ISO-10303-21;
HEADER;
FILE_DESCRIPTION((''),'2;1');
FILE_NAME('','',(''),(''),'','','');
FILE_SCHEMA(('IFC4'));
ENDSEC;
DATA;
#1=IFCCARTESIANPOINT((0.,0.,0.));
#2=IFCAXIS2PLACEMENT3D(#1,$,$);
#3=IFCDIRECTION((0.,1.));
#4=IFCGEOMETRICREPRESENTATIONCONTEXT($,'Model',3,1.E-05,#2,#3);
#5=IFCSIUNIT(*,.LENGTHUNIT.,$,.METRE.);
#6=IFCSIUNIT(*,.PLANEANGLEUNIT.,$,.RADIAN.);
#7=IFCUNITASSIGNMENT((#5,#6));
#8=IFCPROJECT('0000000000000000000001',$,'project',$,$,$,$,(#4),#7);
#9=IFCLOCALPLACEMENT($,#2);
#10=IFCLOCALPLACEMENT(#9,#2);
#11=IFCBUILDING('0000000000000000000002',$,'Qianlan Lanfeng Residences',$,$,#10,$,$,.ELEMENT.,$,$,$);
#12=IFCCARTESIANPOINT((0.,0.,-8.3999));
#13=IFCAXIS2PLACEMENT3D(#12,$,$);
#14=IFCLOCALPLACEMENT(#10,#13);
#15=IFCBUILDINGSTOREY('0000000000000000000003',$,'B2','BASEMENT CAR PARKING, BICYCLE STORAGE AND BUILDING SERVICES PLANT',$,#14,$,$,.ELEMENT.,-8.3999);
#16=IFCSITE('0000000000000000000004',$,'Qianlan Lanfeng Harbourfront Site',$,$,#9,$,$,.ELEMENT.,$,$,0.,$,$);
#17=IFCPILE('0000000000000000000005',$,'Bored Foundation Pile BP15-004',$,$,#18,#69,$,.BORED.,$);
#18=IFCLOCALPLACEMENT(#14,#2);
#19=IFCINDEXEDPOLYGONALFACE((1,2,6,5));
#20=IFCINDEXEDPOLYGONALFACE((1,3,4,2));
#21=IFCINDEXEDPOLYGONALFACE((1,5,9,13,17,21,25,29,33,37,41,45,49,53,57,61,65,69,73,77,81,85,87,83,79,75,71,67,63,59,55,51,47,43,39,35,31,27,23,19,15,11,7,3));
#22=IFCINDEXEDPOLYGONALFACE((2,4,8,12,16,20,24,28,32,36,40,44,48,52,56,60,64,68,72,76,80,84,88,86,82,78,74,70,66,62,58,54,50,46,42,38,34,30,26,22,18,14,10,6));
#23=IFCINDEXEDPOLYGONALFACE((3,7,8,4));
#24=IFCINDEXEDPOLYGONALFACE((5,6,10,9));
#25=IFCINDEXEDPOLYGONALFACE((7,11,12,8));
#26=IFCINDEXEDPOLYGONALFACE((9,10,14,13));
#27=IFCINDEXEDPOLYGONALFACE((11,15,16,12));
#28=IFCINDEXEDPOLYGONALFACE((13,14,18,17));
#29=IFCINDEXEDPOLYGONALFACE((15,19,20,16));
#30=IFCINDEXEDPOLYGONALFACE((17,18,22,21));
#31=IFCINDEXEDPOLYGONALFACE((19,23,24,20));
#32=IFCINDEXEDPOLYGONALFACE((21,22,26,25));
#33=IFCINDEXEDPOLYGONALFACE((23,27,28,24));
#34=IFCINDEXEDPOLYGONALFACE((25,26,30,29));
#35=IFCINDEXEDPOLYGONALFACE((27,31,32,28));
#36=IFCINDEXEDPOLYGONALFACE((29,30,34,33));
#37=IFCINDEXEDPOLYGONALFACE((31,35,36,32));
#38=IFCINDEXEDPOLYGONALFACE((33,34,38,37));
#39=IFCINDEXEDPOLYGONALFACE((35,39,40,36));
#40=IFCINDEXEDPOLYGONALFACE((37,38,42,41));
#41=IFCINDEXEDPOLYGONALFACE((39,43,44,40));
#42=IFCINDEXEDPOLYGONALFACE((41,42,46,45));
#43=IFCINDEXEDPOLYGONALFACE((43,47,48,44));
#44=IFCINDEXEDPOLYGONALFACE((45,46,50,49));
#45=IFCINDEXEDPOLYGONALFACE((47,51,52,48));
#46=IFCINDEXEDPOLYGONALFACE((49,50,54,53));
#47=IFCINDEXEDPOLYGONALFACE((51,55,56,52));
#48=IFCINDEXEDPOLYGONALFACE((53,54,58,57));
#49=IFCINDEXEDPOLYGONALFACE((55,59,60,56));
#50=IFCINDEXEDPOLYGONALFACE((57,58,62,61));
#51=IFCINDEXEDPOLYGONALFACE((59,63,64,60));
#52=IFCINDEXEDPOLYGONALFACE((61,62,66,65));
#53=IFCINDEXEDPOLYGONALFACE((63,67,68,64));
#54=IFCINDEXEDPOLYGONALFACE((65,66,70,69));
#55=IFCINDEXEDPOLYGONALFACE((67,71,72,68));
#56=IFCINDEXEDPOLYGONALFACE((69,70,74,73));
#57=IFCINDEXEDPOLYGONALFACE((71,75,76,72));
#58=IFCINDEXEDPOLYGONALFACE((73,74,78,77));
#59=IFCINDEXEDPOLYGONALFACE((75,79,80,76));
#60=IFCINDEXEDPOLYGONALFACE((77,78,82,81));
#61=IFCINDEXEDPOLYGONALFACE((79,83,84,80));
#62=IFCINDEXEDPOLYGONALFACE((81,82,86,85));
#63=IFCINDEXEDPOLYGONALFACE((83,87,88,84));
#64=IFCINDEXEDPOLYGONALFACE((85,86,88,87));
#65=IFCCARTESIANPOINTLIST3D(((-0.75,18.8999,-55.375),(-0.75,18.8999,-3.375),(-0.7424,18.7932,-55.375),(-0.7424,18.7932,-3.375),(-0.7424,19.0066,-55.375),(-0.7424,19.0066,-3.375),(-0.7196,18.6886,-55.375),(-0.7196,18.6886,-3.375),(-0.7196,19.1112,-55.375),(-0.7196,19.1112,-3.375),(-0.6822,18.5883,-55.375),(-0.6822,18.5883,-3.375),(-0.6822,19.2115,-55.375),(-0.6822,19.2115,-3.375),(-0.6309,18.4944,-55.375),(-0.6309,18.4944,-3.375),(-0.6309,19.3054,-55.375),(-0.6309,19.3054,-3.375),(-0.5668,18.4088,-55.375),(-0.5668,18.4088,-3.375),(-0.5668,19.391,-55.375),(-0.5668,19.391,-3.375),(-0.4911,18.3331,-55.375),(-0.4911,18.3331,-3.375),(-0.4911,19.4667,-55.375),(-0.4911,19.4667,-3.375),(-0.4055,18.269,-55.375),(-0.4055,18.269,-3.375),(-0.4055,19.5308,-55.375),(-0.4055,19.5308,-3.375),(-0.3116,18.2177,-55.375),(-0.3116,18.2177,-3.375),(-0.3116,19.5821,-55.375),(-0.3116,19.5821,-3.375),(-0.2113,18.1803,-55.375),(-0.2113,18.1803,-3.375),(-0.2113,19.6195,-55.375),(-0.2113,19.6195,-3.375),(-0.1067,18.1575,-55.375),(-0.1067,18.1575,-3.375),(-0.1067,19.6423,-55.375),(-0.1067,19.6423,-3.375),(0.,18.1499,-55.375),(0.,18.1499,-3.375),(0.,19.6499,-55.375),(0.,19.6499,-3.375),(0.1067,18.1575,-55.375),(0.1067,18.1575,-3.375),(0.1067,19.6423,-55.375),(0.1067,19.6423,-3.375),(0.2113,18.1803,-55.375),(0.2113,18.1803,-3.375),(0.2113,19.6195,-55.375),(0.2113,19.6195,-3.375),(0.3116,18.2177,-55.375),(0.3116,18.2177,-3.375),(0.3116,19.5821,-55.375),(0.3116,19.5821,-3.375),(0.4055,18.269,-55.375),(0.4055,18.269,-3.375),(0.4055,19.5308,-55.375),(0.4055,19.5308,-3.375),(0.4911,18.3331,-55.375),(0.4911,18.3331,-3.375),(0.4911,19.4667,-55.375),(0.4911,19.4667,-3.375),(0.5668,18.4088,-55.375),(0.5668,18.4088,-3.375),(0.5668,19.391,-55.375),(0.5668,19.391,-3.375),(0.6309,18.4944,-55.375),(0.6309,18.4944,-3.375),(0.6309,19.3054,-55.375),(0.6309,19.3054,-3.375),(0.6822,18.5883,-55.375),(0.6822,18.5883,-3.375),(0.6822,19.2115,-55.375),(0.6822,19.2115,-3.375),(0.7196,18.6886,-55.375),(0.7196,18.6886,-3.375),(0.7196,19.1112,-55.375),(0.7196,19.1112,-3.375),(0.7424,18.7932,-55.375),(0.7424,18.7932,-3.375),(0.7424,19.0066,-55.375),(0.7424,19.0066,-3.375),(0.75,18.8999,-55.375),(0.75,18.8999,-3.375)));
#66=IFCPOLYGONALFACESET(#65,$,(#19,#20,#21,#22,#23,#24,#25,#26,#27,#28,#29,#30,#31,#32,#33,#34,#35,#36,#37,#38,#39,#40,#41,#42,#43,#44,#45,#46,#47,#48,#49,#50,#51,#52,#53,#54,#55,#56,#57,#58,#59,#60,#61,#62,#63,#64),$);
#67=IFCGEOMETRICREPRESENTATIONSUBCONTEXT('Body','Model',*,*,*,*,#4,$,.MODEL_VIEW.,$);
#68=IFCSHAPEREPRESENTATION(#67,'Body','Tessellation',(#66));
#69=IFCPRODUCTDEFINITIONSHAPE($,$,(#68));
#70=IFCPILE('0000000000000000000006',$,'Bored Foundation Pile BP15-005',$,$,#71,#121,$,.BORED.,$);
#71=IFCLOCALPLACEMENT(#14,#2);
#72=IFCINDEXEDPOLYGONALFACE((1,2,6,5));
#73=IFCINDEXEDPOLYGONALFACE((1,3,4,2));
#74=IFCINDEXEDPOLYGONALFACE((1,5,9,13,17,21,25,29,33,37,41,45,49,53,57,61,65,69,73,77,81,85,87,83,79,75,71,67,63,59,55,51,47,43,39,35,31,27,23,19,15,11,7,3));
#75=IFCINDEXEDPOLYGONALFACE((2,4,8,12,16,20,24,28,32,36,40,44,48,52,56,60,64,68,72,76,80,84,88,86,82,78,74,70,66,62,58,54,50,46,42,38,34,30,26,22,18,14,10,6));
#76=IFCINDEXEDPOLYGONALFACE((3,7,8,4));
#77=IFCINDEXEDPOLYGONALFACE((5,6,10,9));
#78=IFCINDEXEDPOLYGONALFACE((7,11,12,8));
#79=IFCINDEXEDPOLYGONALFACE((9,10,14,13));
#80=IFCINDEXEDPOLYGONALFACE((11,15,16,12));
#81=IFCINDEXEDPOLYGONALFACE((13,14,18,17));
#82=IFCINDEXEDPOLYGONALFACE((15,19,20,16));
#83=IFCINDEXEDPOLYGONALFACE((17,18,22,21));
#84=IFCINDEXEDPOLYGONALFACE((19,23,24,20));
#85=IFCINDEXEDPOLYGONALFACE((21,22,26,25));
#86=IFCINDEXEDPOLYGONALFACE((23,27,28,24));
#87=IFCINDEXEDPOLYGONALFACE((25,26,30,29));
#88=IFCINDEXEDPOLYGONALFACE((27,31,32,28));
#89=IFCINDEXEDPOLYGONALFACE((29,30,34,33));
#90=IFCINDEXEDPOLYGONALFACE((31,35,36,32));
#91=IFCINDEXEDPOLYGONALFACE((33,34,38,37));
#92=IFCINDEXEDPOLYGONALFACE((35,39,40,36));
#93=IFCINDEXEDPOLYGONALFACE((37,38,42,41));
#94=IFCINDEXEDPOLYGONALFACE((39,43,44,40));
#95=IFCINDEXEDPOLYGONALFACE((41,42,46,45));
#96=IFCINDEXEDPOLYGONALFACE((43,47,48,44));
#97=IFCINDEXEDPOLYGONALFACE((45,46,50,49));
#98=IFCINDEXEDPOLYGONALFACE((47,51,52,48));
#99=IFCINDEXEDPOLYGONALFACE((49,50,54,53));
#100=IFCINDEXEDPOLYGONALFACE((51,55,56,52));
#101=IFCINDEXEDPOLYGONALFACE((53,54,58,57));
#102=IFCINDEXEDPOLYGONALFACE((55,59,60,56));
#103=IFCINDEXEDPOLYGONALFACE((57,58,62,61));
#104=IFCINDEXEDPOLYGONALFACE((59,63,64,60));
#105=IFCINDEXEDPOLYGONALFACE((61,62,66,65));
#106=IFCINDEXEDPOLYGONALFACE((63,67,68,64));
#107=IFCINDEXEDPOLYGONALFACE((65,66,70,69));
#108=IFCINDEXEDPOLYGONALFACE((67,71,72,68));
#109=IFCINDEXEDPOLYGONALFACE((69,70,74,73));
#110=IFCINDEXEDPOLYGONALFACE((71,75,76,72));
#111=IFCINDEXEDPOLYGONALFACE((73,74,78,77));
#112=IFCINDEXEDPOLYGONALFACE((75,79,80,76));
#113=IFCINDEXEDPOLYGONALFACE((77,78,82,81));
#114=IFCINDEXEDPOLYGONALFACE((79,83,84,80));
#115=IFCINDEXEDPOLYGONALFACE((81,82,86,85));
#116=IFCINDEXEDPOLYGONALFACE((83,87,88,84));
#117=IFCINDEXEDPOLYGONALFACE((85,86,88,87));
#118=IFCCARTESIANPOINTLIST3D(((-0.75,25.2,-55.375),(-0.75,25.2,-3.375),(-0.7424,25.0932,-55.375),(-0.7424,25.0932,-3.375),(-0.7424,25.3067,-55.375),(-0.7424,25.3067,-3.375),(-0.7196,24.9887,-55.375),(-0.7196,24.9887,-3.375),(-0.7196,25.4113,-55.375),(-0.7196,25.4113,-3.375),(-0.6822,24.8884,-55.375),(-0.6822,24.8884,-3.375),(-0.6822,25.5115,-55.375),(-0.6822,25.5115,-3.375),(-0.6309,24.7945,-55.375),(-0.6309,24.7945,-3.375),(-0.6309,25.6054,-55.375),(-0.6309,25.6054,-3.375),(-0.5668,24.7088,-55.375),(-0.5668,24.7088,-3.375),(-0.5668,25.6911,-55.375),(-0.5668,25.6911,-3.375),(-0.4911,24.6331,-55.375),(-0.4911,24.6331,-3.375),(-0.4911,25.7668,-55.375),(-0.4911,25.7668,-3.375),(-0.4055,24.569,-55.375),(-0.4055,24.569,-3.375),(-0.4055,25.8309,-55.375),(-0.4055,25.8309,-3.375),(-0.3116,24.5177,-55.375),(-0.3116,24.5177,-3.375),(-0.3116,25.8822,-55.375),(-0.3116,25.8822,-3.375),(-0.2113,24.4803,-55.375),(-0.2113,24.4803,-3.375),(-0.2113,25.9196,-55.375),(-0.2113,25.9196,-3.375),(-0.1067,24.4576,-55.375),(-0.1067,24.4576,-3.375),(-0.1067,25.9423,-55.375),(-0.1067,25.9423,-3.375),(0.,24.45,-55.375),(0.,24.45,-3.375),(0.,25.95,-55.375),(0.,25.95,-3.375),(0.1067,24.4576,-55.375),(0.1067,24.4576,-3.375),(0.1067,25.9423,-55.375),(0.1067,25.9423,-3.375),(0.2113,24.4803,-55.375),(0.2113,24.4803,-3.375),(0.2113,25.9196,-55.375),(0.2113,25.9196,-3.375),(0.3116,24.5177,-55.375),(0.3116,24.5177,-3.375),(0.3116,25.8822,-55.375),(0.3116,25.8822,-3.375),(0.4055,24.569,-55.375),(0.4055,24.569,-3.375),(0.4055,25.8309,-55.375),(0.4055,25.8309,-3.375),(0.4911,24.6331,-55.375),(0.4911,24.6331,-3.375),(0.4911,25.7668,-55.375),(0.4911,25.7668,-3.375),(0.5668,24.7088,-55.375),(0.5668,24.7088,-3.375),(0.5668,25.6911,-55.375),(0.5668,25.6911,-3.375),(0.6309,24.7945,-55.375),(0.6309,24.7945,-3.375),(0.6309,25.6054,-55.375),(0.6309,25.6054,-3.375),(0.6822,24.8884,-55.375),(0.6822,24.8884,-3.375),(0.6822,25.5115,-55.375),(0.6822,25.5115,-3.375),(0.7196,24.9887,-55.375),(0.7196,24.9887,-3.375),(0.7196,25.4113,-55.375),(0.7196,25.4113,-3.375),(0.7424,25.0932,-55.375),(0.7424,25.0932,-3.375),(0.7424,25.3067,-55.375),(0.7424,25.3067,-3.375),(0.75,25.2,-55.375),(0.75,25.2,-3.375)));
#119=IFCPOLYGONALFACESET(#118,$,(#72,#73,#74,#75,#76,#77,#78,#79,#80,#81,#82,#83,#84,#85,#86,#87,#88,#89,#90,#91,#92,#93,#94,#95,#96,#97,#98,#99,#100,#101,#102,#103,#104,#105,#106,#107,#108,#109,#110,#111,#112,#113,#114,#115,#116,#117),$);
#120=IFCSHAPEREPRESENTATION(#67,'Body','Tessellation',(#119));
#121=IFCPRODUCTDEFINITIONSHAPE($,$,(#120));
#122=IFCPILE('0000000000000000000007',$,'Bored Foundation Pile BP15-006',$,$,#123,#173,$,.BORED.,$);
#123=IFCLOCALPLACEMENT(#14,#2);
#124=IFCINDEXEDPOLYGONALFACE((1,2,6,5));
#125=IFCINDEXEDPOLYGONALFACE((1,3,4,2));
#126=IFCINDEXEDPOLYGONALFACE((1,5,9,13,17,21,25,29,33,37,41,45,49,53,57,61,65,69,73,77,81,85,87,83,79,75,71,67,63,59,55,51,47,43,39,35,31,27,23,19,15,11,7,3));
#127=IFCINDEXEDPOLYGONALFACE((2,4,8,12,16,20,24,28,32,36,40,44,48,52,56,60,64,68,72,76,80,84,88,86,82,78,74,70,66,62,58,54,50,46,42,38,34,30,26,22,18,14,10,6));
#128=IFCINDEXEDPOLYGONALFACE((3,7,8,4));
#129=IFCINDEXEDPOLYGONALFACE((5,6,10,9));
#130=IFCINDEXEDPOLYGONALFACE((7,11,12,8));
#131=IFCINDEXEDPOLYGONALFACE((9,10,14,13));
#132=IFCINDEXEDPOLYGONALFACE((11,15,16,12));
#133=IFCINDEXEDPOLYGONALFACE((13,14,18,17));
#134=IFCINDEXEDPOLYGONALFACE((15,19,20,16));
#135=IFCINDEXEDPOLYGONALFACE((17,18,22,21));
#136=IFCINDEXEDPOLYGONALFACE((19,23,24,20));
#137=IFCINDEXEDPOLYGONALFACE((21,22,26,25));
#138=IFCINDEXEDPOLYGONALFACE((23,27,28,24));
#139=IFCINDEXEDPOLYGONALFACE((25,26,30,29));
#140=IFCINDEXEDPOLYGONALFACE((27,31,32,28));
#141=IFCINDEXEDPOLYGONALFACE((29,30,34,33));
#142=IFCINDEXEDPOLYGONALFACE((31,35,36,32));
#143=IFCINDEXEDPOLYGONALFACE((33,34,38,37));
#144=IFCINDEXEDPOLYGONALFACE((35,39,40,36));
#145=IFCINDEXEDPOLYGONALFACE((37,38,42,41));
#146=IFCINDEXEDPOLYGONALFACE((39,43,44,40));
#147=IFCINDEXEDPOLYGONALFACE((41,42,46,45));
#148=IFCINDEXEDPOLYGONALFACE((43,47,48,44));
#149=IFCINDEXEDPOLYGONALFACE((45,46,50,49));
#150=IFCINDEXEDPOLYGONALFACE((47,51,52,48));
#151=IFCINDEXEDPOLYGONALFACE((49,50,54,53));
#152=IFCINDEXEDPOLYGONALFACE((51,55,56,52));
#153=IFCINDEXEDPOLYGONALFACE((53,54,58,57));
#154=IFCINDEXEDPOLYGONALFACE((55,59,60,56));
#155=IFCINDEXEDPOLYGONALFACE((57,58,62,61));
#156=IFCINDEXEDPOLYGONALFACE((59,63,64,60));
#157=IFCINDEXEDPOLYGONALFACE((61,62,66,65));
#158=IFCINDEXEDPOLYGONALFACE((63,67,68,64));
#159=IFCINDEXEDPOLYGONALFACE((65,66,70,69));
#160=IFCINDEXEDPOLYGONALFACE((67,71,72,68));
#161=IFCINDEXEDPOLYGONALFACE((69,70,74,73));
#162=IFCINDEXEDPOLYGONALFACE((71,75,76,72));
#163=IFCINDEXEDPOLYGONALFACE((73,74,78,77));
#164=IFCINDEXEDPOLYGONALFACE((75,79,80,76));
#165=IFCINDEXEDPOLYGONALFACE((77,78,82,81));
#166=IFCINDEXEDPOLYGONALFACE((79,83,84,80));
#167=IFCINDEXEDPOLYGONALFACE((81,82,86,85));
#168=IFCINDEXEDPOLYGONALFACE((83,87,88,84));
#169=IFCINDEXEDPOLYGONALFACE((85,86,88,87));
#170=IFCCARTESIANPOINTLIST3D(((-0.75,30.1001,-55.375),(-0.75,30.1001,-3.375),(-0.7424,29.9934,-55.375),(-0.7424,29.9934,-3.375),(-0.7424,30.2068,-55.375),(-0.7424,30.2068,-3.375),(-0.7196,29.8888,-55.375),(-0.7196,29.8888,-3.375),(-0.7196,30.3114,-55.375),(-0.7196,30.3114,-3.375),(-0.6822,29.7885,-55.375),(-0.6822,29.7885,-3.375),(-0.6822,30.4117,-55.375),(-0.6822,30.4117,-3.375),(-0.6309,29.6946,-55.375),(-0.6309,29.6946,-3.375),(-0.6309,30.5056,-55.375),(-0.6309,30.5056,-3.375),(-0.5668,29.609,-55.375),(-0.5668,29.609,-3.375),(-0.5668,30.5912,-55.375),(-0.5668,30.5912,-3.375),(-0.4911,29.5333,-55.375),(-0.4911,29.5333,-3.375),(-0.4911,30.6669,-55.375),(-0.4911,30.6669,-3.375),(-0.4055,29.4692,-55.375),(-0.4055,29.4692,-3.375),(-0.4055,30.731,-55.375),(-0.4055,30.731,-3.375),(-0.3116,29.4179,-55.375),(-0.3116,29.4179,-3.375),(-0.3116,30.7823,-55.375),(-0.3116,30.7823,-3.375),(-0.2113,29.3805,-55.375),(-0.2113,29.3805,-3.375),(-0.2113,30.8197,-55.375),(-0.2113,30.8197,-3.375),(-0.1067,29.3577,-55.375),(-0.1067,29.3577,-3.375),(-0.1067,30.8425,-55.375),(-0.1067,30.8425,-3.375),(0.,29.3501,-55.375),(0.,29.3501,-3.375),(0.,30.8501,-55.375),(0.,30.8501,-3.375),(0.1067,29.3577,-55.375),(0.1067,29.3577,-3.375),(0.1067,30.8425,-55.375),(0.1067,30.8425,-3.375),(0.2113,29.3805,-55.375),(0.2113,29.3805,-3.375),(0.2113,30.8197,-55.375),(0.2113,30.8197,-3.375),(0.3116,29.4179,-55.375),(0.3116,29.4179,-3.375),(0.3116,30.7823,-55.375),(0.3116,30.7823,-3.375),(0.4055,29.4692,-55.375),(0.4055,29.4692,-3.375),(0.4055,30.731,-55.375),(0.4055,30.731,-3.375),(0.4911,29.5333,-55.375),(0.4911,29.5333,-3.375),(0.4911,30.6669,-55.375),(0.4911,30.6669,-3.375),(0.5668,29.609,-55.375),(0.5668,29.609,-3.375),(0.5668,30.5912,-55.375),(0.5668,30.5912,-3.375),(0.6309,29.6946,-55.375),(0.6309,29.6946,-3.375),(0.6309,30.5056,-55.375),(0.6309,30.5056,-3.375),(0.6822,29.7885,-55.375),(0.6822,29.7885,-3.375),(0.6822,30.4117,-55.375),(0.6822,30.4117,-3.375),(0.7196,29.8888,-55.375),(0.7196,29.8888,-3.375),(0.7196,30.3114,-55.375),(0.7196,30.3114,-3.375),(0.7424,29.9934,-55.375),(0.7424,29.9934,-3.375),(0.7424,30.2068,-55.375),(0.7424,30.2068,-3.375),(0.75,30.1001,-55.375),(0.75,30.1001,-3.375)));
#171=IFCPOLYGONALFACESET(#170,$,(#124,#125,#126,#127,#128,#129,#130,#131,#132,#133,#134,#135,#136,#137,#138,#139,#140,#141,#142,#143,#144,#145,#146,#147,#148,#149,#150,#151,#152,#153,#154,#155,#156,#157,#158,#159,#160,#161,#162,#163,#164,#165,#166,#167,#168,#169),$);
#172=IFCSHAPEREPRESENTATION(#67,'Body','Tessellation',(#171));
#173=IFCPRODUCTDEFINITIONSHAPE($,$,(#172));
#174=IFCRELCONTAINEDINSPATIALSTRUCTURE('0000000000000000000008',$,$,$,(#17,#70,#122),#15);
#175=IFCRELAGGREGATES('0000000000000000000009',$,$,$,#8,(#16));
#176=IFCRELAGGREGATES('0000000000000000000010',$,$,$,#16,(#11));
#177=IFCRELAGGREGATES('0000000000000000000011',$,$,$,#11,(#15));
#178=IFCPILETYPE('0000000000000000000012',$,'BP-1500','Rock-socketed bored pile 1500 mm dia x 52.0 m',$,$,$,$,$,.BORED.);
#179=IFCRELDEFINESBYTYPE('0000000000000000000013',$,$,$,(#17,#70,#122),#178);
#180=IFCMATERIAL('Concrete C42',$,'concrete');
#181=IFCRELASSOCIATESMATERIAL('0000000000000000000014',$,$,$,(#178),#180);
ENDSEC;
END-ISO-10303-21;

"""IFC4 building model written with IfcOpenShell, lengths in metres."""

from ifc_helpers import new_model, si_unit, direction, frame, origin, origin_2d, place, context, subcontext, project, spatial, circle, extrude, material, material_profile, profile_set, type_object, element, save


model = new_model("IFC4")

# Units and contexts
model_context = context("Model", 3, precision=1e-05, world=origin(), true_north=direction((0.0, 1.0)))
body_context = subcontext(model_context, "Body", "Model", "MODEL_VIEW")
ifc_project = project(units=[si_unit("LENGTHUNIT", "METRE"), si_unit("PLANEANGLEUNIT", "RADIAN")], contexts=[model_context])

# Site, building, storey
site_placement = place(None, origin())
site = spatial("IfcSite", under=ifc_project, at=site_placement, Name="Qianlan Lanfeng Harbourfront Site", CompositionType="ELEMENT", RefElevation=0.0)
building_placement = place(site_placement, origin())
building = spatial("IfcBuilding", under=site, at=building_placement, Name="Qianlan Lanfeng Residences", CompositionType="ELEMENT")
storey_placement = place(building_placement, frame((0.0, 0.0, -8.3999)))
storey = spatial("IfcBuildingStorey", under=building, at=storey_placement, Name="B2", Description="BASEMENT CAR PARKING, BICYCLE STORAGE AND BUILDING SERVICES PLANT", CompositionType="ELEMENT", Elevation=-8.3999)

# Piles
ifc_material_1 = material(Name="Concrete C42", Category="concrete")
ifc_material_profile_1 = material_profile(ifc_material_1, circle(Radius=0.75, at=origin_2d()), Name="PILE D1500")
ifc_profile_set_1 = profile_set([ifc_material_profile_1], Name="Concrete C42")
pile_type_1 = type_object("IfcPileType", Name="BP-1500", Description="Rock-socketed bored pile 1500 mm dia x 52.0 m", PredefinedType="BORED", material=ifc_profile_set_1)
for number, where, z_axis, x_axis, name in (
    (1, (0.0, 18.8999, -3.375), (0.0, 0.0, -1.0), (1.0, 0.0, 0.0), "Bored Foundation Pile BP15-004"),
    (2, (0.0, 25.2, -3.375), (0.0, 0.0, -1.0), (1.0, 0.0, 0.0), "Bored Foundation Pile BP15-005"),
    (3, (0.0, 30.1001, -3.375), (0.0, 0.0, -1.0), (1.0, 0.0, 0.0), "Bored Foundation Pile BP15-006"),
):
    element("IfcPile", number, at=place(storey_placement, frame(where, z_axis=z_axis, x_axis=x_axis)), inside=storey, type_object=pile_type_1, Name=name, PredefinedType="BORED", context=body_context, shape_type="SweptSolid", body=[
        extrude(circle(Radius=0.75, at=origin_2d()), origin(), (0.0, 0.0, 1.0), 52.0),
    ])

save(model, "model.ifc")
